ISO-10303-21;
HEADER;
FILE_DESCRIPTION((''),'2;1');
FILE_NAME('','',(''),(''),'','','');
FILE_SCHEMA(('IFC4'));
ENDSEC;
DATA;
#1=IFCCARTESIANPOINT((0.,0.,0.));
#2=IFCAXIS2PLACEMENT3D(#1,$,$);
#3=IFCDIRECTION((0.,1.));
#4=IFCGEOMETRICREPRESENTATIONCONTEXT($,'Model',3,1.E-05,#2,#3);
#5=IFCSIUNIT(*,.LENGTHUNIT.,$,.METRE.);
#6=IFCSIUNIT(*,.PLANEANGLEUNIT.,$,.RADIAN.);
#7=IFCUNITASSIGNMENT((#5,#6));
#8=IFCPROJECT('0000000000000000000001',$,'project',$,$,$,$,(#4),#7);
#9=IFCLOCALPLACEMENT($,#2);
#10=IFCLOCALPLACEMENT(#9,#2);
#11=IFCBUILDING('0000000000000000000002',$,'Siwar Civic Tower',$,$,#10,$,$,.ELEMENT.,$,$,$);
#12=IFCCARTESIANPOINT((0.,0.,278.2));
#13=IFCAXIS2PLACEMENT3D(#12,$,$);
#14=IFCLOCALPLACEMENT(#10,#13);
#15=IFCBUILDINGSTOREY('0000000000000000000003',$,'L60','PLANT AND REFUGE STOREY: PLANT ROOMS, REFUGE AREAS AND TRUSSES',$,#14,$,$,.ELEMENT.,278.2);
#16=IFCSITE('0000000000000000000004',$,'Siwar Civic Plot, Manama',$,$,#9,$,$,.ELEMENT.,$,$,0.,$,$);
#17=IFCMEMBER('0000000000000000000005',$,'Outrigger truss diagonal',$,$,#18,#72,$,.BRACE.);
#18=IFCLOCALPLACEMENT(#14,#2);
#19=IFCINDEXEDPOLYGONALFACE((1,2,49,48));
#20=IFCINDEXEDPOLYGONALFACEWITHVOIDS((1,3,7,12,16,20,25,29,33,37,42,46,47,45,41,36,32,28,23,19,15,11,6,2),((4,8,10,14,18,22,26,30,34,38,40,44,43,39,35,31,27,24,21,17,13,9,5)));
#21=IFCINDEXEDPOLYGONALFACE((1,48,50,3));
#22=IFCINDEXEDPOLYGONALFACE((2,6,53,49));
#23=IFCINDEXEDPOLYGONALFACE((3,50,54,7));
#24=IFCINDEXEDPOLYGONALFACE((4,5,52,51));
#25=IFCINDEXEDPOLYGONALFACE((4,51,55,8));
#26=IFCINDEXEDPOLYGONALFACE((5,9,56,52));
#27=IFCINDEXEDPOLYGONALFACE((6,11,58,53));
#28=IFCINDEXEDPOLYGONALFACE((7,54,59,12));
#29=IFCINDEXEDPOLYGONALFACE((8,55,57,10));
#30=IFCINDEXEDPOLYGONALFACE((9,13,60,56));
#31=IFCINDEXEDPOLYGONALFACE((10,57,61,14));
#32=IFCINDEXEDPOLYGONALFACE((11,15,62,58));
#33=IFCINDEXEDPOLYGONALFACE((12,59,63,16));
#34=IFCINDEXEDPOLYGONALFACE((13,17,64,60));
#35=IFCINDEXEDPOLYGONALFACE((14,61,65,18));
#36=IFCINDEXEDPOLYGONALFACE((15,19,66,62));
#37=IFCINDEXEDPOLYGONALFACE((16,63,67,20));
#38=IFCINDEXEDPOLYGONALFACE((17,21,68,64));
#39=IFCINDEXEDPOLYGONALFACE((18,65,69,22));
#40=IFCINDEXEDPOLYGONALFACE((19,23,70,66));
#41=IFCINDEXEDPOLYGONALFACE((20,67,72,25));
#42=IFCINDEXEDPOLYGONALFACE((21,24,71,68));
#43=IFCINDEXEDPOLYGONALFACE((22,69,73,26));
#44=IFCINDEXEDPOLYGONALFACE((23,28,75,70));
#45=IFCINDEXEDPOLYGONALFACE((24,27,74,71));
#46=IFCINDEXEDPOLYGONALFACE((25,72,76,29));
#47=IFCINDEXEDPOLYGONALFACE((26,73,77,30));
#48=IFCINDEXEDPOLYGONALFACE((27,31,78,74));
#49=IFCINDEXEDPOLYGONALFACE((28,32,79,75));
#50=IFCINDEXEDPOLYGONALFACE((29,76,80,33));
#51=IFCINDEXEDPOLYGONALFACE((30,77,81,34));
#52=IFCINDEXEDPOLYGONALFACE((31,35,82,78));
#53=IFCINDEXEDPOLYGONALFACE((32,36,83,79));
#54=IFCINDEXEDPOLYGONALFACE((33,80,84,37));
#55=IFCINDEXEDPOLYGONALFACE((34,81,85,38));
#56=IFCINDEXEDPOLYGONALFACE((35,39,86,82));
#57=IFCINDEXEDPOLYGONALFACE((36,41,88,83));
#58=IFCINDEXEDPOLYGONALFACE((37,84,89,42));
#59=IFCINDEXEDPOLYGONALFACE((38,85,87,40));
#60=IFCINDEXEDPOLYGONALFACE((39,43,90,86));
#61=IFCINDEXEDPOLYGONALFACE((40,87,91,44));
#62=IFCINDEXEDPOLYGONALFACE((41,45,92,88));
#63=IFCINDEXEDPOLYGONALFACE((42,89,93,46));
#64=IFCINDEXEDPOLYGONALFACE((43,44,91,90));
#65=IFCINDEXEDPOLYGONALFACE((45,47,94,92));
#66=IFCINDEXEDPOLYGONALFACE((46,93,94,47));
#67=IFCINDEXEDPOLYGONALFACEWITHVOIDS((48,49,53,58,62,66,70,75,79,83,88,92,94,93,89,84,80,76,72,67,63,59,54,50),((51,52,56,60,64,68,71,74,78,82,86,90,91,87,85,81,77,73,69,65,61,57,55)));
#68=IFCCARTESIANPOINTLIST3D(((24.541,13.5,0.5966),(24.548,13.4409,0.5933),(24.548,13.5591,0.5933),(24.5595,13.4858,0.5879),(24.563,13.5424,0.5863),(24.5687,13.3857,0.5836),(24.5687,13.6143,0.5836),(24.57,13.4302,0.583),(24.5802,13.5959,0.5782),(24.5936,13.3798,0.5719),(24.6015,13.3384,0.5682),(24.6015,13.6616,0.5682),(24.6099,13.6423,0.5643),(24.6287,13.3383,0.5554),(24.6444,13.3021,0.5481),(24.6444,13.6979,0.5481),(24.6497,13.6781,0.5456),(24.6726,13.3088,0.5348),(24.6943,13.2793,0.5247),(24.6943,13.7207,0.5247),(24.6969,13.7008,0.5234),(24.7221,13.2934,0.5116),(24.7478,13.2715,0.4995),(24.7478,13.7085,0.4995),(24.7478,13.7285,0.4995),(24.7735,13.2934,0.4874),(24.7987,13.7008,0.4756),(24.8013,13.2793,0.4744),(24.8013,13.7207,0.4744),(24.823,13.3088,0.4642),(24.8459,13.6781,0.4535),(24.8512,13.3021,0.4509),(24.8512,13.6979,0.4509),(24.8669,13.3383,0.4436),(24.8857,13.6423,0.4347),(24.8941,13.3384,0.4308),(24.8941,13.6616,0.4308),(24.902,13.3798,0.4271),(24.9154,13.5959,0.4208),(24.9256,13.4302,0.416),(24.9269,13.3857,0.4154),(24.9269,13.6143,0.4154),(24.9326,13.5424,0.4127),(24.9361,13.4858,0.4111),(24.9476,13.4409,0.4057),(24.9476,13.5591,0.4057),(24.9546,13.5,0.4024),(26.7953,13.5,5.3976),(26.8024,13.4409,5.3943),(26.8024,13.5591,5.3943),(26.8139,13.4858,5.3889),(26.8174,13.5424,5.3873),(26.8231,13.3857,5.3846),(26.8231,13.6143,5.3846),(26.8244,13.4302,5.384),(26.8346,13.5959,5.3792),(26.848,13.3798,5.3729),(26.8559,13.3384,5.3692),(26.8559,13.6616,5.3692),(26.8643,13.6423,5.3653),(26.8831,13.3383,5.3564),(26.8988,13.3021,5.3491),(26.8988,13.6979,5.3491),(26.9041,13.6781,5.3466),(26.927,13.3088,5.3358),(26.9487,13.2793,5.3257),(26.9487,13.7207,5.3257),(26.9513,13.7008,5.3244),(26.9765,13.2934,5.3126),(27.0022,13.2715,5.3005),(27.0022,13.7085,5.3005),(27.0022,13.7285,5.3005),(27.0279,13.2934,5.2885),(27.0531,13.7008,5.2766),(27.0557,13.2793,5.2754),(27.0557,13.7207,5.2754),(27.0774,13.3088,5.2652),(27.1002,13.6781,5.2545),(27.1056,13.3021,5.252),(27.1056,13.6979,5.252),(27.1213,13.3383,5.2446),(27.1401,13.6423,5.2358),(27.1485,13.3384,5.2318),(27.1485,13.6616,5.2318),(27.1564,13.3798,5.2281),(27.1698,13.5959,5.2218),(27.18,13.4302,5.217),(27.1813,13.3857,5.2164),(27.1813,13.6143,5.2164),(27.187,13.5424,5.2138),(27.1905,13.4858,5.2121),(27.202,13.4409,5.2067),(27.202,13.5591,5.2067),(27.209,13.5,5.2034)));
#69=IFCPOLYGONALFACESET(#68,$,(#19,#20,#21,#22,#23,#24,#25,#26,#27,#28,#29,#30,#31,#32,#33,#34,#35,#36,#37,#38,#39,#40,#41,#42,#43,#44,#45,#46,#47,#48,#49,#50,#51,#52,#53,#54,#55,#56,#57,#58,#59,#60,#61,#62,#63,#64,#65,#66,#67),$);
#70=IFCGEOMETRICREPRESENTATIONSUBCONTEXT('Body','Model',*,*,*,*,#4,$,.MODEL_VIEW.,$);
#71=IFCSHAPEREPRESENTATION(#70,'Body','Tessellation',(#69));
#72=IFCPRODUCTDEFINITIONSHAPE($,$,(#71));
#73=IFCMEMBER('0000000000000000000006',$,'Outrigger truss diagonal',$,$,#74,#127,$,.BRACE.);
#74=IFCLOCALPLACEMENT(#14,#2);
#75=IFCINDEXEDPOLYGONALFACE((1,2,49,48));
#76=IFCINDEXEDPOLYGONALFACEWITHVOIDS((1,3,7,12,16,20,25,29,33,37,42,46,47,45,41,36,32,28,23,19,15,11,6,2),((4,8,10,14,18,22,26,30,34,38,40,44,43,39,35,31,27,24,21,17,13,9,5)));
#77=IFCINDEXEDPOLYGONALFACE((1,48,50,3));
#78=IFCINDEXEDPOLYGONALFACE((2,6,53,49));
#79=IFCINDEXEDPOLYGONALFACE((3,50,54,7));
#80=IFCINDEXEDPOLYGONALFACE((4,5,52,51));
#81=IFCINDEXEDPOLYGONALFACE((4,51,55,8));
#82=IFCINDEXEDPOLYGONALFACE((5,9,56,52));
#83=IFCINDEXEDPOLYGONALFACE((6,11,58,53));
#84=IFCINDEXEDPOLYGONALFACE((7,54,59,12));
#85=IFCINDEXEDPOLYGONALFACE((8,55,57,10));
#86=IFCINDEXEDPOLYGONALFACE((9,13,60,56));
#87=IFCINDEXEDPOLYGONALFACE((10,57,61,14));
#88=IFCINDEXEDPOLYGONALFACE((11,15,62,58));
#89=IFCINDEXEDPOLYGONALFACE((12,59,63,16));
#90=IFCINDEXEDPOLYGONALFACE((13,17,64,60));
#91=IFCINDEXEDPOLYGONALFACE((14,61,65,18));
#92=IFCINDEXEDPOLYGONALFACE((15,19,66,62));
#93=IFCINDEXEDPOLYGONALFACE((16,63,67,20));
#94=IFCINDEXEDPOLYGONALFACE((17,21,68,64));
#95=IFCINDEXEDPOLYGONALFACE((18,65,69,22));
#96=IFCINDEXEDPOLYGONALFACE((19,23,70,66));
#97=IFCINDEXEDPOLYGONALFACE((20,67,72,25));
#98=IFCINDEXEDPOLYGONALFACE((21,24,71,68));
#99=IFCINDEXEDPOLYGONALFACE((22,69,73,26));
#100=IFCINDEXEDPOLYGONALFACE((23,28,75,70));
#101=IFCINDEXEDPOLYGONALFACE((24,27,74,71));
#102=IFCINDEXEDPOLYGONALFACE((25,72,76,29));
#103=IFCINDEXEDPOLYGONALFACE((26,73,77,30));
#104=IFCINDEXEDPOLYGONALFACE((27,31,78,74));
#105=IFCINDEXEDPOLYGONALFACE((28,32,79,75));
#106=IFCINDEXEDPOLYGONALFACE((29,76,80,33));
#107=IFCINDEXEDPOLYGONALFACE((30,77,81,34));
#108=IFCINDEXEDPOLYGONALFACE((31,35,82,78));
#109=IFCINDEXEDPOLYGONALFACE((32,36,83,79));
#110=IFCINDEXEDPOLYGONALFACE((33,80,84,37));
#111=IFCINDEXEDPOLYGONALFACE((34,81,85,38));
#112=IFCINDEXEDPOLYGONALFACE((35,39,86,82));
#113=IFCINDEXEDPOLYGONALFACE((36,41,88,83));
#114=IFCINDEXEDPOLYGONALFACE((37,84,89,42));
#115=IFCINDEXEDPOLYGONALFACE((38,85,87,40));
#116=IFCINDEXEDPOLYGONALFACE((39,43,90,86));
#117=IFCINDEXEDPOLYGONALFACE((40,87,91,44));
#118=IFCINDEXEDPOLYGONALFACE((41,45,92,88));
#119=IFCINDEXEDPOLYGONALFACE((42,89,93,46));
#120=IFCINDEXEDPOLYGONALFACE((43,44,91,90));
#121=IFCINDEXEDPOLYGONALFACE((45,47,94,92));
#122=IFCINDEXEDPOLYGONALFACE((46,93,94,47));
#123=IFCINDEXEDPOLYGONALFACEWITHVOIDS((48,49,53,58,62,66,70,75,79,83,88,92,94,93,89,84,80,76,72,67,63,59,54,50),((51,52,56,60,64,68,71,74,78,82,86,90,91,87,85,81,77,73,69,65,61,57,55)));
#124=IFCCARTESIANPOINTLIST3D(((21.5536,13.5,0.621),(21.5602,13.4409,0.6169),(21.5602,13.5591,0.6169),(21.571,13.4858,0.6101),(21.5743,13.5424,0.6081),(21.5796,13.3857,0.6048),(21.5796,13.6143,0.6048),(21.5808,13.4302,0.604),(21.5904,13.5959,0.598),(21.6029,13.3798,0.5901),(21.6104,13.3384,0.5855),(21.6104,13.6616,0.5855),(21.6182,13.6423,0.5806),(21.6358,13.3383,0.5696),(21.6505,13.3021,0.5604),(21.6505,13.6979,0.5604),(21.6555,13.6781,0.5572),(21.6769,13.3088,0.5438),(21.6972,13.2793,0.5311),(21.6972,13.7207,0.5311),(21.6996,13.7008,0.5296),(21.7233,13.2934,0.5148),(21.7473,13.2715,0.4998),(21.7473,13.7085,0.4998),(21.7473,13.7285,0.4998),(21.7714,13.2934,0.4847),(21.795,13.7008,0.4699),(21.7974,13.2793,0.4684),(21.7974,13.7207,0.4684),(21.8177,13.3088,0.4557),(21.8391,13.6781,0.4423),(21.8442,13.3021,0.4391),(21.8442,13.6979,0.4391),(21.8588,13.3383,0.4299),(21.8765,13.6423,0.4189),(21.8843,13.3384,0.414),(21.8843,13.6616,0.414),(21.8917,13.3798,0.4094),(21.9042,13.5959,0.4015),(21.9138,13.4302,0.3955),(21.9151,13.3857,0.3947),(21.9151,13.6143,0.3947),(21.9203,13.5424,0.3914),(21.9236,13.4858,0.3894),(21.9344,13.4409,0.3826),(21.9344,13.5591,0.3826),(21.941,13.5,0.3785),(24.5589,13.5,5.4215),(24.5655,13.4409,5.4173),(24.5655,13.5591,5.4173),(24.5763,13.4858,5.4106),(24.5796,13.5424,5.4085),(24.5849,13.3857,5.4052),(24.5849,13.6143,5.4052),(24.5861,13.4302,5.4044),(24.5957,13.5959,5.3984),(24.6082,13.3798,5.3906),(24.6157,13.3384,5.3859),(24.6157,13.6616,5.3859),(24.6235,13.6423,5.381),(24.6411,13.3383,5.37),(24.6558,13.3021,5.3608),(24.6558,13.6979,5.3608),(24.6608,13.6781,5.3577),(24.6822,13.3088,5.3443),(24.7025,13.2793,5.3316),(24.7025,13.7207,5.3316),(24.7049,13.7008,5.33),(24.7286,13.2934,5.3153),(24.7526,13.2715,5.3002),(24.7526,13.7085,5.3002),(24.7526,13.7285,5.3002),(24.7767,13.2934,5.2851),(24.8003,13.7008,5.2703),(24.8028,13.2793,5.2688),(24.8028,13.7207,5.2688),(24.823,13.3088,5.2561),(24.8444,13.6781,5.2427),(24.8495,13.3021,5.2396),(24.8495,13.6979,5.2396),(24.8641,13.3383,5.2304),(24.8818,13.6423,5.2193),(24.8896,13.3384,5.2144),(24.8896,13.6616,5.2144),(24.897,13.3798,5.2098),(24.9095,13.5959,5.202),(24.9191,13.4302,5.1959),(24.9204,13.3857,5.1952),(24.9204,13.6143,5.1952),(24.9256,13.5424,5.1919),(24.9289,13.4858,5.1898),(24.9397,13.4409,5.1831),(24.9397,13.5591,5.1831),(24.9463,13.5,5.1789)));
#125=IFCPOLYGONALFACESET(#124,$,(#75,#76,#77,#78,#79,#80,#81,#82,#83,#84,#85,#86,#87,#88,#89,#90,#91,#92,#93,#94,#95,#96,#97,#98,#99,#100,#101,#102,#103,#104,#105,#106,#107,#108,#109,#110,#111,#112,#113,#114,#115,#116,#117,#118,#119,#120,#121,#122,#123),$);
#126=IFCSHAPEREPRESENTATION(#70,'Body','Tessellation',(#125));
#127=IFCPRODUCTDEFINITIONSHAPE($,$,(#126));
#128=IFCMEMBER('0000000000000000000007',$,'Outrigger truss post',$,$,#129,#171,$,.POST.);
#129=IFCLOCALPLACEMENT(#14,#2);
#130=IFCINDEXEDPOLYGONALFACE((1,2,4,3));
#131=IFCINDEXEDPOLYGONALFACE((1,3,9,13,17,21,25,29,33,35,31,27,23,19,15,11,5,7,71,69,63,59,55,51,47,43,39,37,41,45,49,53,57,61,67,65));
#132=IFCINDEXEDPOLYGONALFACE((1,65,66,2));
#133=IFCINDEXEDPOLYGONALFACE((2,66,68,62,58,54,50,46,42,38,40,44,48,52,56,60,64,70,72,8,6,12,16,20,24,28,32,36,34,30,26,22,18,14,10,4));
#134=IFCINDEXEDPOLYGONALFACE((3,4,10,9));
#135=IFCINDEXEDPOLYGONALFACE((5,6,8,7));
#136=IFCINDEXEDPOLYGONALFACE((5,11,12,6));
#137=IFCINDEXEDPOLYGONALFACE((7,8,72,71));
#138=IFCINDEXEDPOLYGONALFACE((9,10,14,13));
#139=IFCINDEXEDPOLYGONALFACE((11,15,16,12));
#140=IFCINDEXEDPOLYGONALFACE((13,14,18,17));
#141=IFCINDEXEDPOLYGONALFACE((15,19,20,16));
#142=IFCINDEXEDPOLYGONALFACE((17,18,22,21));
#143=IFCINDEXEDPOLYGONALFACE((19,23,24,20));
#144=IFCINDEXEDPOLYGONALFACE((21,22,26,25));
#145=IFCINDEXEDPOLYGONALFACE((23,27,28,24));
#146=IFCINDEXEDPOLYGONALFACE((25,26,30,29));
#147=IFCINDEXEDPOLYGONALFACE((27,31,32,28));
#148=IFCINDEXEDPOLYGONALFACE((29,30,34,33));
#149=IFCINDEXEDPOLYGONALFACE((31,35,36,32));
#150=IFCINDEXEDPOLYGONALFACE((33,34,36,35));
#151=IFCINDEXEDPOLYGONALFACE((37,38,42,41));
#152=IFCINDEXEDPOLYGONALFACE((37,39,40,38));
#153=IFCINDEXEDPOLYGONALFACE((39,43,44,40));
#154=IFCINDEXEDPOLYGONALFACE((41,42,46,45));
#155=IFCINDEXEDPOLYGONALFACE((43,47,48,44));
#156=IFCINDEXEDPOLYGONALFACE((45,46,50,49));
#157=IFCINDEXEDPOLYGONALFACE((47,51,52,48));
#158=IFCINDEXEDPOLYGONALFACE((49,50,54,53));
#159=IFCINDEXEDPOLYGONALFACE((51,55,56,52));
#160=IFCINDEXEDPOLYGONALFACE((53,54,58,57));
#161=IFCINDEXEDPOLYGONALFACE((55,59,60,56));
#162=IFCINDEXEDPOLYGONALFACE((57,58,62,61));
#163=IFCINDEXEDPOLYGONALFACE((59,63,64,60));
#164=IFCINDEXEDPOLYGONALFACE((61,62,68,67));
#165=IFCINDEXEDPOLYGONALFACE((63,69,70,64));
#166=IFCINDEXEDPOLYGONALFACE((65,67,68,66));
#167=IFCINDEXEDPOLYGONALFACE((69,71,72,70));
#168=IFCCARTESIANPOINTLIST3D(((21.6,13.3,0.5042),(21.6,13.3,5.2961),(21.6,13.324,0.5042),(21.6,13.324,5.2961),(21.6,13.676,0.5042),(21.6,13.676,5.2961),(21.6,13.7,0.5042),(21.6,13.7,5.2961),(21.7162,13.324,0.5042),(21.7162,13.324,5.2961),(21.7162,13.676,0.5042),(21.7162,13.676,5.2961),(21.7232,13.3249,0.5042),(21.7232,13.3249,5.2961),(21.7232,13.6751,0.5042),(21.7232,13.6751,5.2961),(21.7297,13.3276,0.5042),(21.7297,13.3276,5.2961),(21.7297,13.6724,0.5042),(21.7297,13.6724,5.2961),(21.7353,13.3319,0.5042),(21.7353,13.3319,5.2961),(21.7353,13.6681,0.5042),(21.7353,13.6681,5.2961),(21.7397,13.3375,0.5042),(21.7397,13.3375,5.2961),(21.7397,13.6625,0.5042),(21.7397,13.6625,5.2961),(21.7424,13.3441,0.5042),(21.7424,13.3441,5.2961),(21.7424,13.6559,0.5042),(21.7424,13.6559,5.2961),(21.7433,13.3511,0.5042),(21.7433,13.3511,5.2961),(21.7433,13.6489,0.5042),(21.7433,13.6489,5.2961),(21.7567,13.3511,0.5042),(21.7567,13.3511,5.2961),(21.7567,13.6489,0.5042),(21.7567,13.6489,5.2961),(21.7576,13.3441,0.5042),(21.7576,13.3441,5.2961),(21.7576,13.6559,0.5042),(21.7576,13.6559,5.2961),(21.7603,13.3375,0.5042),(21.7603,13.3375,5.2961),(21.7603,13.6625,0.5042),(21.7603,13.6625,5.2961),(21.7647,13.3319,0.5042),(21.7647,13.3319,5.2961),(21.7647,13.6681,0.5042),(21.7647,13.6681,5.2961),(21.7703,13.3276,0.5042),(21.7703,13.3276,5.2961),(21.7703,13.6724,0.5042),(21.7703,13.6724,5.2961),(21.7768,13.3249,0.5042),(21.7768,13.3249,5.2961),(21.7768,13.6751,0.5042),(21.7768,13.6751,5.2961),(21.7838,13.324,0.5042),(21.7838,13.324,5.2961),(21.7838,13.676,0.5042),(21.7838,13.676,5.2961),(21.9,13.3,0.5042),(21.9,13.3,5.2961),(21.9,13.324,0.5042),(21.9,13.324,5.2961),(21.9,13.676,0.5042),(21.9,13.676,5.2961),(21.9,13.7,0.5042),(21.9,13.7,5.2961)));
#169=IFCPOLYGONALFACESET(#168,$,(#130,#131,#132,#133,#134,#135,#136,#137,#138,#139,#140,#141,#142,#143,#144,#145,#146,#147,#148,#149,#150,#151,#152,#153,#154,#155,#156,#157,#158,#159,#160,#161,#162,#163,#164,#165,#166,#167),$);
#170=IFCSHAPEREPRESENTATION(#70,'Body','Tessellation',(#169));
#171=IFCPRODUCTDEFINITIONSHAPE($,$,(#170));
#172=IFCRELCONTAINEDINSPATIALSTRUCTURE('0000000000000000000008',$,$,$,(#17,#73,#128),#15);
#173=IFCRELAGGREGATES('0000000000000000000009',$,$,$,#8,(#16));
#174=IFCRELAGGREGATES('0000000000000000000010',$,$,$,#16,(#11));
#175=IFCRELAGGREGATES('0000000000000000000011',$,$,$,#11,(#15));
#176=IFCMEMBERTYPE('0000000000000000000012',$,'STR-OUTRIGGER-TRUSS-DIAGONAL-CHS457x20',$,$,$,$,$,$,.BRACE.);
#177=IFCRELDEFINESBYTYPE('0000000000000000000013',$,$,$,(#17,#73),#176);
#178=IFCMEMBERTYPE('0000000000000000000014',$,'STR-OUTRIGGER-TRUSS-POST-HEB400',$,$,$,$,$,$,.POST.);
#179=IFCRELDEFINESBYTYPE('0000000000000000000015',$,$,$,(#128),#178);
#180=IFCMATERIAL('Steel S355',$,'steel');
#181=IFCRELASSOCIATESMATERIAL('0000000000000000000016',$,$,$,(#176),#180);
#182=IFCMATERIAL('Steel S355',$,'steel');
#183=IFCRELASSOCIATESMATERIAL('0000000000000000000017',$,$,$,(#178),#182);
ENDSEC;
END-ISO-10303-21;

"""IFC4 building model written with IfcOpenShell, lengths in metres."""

from ifc_helpers import new_model, si_unit, direction, frame, origin, origin_2d, place, context, subcontext, project, spatial, hollow_circle, i_section, extrude, material, material_profile, profile_set, type_object, element, save


model = new_model("IFC4")

# Units and contexts
model_context = context("Model", 3, precision=1e-05, world=origin(), true_north=direction((0.0, 1.0)))
body_context = subcontext(model_context, "Body", "Model", "MODEL_VIEW")
ifc_project = project(units=[si_unit("LENGTHUNIT", "METRE"), si_unit("PLANEANGLEUNIT", "RADIAN")], contexts=[model_context])

# Site, building, storey
site_placement = place(None, origin())
site = spatial("IfcSite", under=ifc_project, at=site_placement, Name="Siwar Civic Plot, Manama", CompositionType="ELEMENT", RefElevation=0.0)
building_placement = place(site_placement, origin())
building = spatial("IfcBuilding", under=site, at=building_placement, Name="Siwar Civic Tower", CompositionType="ELEMENT")
storey_placement = place(building_placement, frame((0.0, 0.0, 278.2)))
storey = spatial("IfcBuildingStorey", under=building, at=storey_placement, Name="L60", Description="PLANT AND REFUGE STOREY: PLANT ROOMS, REFUGE AREAS AND TRUSSES", CompositionType="ELEMENT", Elevation=278.2)

# Members
ifc_material_1 = material(Name="Steel S355", Category="steel")
ifc_material_profile_1 = material_profile(ifc_material_1, hollow_circle(Radius=0.2285, WallThickness=0.02, at=origin_2d()), Name="CHS457x20")
ifc_profile_set_1 = profile_set([ifc_material_profile_1], Name="Steel S355")
member_type_1 = type_object("IfcMemberType", Name="STR-OUTRIGGER-TRUSS-DIAGONAL-CHS457x20", PredefinedType="BRACE", material=ifc_profile_set_1)
member_1_placement = place(storey_placement, frame((24.7478, 13.5, 0.4995), z_axis=(0.425039, 0.0, 0.905175), x_axis=(0.0, 1.0, 0.0)))
element("IfcMember", 1, at=member_1_placement, inside=storey, type_object=member_type_1, Name="Outrigger truss diagonal", PredefinedType="BRACE", context=body_context, shape_type="SweptSolid", body=[
    extrude(hollow_circle(Radius=0.2285, WallThickness=0.02, at=origin_2d()), origin(), (0.0, 0.0, 1.0), 5.304),
])
member_2_placement = place(storey_placement, frame((21.7473, 13.5, 0.4998), z_axis=(0.530638, 0.0, 0.847598), x_axis=(0.0, 1.0, 0.0)))
element("IfcMember", 2, at=member_2_placement, inside=storey, type_object=member_type_1, Name="Outrigger truss diagonal", PredefinedType="BRACE", context=body_context, shape_type="SweptSolid", body=[
    extrude(hollow_circle(Radius=0.2285, WallThickness=0.02, at=origin_2d()), origin(), (0.0, 0.0, 1.0), 5.6636),
])
ifc_material_2 = material(Name="Steel S355", Category="steel")
ifc_material_profile_2 = material_profile(ifc_material_2, i_section(OverallWidth=0.3, OverallDepth=0.3999, WebThickness=0.0134, FlangeThickness=0.0239, FilletRadius=0.0271, at=origin_2d()), Name="HEB400")
ifc_profile_set_2 = profile_set([ifc_material_profile_2], Name="Steel S355")
member_type_2 = type_object("IfcMemberType", Name="STR-OUTRIGGER-TRUSS-POST-HEB400", PredefinedType="POST", material=ifc_profile_set_2)
member_3_placement = place(storey_placement, frame((21.75, 13.5, 0.5042), z_axis=(0.0, 0.0, 1.0), x_axis=(1.0, 0.0, 0.0)))
element("IfcMember", 3, at=member_3_placement, inside=storey, type_object=member_type_2, Name="Outrigger truss post", PredefinedType="POST", context=body_context, shape_type="SweptSolid", body=[
    extrude(i_section(OverallWidth=0.3, OverallDepth=0.3999, WebThickness=0.0134, FlangeThickness=0.0239, FilletRadius=0.0271, at=origin_2d()), origin(), (0.0, 0.0, 1.0), 4.792),
])

save(model, "model.ifc")
